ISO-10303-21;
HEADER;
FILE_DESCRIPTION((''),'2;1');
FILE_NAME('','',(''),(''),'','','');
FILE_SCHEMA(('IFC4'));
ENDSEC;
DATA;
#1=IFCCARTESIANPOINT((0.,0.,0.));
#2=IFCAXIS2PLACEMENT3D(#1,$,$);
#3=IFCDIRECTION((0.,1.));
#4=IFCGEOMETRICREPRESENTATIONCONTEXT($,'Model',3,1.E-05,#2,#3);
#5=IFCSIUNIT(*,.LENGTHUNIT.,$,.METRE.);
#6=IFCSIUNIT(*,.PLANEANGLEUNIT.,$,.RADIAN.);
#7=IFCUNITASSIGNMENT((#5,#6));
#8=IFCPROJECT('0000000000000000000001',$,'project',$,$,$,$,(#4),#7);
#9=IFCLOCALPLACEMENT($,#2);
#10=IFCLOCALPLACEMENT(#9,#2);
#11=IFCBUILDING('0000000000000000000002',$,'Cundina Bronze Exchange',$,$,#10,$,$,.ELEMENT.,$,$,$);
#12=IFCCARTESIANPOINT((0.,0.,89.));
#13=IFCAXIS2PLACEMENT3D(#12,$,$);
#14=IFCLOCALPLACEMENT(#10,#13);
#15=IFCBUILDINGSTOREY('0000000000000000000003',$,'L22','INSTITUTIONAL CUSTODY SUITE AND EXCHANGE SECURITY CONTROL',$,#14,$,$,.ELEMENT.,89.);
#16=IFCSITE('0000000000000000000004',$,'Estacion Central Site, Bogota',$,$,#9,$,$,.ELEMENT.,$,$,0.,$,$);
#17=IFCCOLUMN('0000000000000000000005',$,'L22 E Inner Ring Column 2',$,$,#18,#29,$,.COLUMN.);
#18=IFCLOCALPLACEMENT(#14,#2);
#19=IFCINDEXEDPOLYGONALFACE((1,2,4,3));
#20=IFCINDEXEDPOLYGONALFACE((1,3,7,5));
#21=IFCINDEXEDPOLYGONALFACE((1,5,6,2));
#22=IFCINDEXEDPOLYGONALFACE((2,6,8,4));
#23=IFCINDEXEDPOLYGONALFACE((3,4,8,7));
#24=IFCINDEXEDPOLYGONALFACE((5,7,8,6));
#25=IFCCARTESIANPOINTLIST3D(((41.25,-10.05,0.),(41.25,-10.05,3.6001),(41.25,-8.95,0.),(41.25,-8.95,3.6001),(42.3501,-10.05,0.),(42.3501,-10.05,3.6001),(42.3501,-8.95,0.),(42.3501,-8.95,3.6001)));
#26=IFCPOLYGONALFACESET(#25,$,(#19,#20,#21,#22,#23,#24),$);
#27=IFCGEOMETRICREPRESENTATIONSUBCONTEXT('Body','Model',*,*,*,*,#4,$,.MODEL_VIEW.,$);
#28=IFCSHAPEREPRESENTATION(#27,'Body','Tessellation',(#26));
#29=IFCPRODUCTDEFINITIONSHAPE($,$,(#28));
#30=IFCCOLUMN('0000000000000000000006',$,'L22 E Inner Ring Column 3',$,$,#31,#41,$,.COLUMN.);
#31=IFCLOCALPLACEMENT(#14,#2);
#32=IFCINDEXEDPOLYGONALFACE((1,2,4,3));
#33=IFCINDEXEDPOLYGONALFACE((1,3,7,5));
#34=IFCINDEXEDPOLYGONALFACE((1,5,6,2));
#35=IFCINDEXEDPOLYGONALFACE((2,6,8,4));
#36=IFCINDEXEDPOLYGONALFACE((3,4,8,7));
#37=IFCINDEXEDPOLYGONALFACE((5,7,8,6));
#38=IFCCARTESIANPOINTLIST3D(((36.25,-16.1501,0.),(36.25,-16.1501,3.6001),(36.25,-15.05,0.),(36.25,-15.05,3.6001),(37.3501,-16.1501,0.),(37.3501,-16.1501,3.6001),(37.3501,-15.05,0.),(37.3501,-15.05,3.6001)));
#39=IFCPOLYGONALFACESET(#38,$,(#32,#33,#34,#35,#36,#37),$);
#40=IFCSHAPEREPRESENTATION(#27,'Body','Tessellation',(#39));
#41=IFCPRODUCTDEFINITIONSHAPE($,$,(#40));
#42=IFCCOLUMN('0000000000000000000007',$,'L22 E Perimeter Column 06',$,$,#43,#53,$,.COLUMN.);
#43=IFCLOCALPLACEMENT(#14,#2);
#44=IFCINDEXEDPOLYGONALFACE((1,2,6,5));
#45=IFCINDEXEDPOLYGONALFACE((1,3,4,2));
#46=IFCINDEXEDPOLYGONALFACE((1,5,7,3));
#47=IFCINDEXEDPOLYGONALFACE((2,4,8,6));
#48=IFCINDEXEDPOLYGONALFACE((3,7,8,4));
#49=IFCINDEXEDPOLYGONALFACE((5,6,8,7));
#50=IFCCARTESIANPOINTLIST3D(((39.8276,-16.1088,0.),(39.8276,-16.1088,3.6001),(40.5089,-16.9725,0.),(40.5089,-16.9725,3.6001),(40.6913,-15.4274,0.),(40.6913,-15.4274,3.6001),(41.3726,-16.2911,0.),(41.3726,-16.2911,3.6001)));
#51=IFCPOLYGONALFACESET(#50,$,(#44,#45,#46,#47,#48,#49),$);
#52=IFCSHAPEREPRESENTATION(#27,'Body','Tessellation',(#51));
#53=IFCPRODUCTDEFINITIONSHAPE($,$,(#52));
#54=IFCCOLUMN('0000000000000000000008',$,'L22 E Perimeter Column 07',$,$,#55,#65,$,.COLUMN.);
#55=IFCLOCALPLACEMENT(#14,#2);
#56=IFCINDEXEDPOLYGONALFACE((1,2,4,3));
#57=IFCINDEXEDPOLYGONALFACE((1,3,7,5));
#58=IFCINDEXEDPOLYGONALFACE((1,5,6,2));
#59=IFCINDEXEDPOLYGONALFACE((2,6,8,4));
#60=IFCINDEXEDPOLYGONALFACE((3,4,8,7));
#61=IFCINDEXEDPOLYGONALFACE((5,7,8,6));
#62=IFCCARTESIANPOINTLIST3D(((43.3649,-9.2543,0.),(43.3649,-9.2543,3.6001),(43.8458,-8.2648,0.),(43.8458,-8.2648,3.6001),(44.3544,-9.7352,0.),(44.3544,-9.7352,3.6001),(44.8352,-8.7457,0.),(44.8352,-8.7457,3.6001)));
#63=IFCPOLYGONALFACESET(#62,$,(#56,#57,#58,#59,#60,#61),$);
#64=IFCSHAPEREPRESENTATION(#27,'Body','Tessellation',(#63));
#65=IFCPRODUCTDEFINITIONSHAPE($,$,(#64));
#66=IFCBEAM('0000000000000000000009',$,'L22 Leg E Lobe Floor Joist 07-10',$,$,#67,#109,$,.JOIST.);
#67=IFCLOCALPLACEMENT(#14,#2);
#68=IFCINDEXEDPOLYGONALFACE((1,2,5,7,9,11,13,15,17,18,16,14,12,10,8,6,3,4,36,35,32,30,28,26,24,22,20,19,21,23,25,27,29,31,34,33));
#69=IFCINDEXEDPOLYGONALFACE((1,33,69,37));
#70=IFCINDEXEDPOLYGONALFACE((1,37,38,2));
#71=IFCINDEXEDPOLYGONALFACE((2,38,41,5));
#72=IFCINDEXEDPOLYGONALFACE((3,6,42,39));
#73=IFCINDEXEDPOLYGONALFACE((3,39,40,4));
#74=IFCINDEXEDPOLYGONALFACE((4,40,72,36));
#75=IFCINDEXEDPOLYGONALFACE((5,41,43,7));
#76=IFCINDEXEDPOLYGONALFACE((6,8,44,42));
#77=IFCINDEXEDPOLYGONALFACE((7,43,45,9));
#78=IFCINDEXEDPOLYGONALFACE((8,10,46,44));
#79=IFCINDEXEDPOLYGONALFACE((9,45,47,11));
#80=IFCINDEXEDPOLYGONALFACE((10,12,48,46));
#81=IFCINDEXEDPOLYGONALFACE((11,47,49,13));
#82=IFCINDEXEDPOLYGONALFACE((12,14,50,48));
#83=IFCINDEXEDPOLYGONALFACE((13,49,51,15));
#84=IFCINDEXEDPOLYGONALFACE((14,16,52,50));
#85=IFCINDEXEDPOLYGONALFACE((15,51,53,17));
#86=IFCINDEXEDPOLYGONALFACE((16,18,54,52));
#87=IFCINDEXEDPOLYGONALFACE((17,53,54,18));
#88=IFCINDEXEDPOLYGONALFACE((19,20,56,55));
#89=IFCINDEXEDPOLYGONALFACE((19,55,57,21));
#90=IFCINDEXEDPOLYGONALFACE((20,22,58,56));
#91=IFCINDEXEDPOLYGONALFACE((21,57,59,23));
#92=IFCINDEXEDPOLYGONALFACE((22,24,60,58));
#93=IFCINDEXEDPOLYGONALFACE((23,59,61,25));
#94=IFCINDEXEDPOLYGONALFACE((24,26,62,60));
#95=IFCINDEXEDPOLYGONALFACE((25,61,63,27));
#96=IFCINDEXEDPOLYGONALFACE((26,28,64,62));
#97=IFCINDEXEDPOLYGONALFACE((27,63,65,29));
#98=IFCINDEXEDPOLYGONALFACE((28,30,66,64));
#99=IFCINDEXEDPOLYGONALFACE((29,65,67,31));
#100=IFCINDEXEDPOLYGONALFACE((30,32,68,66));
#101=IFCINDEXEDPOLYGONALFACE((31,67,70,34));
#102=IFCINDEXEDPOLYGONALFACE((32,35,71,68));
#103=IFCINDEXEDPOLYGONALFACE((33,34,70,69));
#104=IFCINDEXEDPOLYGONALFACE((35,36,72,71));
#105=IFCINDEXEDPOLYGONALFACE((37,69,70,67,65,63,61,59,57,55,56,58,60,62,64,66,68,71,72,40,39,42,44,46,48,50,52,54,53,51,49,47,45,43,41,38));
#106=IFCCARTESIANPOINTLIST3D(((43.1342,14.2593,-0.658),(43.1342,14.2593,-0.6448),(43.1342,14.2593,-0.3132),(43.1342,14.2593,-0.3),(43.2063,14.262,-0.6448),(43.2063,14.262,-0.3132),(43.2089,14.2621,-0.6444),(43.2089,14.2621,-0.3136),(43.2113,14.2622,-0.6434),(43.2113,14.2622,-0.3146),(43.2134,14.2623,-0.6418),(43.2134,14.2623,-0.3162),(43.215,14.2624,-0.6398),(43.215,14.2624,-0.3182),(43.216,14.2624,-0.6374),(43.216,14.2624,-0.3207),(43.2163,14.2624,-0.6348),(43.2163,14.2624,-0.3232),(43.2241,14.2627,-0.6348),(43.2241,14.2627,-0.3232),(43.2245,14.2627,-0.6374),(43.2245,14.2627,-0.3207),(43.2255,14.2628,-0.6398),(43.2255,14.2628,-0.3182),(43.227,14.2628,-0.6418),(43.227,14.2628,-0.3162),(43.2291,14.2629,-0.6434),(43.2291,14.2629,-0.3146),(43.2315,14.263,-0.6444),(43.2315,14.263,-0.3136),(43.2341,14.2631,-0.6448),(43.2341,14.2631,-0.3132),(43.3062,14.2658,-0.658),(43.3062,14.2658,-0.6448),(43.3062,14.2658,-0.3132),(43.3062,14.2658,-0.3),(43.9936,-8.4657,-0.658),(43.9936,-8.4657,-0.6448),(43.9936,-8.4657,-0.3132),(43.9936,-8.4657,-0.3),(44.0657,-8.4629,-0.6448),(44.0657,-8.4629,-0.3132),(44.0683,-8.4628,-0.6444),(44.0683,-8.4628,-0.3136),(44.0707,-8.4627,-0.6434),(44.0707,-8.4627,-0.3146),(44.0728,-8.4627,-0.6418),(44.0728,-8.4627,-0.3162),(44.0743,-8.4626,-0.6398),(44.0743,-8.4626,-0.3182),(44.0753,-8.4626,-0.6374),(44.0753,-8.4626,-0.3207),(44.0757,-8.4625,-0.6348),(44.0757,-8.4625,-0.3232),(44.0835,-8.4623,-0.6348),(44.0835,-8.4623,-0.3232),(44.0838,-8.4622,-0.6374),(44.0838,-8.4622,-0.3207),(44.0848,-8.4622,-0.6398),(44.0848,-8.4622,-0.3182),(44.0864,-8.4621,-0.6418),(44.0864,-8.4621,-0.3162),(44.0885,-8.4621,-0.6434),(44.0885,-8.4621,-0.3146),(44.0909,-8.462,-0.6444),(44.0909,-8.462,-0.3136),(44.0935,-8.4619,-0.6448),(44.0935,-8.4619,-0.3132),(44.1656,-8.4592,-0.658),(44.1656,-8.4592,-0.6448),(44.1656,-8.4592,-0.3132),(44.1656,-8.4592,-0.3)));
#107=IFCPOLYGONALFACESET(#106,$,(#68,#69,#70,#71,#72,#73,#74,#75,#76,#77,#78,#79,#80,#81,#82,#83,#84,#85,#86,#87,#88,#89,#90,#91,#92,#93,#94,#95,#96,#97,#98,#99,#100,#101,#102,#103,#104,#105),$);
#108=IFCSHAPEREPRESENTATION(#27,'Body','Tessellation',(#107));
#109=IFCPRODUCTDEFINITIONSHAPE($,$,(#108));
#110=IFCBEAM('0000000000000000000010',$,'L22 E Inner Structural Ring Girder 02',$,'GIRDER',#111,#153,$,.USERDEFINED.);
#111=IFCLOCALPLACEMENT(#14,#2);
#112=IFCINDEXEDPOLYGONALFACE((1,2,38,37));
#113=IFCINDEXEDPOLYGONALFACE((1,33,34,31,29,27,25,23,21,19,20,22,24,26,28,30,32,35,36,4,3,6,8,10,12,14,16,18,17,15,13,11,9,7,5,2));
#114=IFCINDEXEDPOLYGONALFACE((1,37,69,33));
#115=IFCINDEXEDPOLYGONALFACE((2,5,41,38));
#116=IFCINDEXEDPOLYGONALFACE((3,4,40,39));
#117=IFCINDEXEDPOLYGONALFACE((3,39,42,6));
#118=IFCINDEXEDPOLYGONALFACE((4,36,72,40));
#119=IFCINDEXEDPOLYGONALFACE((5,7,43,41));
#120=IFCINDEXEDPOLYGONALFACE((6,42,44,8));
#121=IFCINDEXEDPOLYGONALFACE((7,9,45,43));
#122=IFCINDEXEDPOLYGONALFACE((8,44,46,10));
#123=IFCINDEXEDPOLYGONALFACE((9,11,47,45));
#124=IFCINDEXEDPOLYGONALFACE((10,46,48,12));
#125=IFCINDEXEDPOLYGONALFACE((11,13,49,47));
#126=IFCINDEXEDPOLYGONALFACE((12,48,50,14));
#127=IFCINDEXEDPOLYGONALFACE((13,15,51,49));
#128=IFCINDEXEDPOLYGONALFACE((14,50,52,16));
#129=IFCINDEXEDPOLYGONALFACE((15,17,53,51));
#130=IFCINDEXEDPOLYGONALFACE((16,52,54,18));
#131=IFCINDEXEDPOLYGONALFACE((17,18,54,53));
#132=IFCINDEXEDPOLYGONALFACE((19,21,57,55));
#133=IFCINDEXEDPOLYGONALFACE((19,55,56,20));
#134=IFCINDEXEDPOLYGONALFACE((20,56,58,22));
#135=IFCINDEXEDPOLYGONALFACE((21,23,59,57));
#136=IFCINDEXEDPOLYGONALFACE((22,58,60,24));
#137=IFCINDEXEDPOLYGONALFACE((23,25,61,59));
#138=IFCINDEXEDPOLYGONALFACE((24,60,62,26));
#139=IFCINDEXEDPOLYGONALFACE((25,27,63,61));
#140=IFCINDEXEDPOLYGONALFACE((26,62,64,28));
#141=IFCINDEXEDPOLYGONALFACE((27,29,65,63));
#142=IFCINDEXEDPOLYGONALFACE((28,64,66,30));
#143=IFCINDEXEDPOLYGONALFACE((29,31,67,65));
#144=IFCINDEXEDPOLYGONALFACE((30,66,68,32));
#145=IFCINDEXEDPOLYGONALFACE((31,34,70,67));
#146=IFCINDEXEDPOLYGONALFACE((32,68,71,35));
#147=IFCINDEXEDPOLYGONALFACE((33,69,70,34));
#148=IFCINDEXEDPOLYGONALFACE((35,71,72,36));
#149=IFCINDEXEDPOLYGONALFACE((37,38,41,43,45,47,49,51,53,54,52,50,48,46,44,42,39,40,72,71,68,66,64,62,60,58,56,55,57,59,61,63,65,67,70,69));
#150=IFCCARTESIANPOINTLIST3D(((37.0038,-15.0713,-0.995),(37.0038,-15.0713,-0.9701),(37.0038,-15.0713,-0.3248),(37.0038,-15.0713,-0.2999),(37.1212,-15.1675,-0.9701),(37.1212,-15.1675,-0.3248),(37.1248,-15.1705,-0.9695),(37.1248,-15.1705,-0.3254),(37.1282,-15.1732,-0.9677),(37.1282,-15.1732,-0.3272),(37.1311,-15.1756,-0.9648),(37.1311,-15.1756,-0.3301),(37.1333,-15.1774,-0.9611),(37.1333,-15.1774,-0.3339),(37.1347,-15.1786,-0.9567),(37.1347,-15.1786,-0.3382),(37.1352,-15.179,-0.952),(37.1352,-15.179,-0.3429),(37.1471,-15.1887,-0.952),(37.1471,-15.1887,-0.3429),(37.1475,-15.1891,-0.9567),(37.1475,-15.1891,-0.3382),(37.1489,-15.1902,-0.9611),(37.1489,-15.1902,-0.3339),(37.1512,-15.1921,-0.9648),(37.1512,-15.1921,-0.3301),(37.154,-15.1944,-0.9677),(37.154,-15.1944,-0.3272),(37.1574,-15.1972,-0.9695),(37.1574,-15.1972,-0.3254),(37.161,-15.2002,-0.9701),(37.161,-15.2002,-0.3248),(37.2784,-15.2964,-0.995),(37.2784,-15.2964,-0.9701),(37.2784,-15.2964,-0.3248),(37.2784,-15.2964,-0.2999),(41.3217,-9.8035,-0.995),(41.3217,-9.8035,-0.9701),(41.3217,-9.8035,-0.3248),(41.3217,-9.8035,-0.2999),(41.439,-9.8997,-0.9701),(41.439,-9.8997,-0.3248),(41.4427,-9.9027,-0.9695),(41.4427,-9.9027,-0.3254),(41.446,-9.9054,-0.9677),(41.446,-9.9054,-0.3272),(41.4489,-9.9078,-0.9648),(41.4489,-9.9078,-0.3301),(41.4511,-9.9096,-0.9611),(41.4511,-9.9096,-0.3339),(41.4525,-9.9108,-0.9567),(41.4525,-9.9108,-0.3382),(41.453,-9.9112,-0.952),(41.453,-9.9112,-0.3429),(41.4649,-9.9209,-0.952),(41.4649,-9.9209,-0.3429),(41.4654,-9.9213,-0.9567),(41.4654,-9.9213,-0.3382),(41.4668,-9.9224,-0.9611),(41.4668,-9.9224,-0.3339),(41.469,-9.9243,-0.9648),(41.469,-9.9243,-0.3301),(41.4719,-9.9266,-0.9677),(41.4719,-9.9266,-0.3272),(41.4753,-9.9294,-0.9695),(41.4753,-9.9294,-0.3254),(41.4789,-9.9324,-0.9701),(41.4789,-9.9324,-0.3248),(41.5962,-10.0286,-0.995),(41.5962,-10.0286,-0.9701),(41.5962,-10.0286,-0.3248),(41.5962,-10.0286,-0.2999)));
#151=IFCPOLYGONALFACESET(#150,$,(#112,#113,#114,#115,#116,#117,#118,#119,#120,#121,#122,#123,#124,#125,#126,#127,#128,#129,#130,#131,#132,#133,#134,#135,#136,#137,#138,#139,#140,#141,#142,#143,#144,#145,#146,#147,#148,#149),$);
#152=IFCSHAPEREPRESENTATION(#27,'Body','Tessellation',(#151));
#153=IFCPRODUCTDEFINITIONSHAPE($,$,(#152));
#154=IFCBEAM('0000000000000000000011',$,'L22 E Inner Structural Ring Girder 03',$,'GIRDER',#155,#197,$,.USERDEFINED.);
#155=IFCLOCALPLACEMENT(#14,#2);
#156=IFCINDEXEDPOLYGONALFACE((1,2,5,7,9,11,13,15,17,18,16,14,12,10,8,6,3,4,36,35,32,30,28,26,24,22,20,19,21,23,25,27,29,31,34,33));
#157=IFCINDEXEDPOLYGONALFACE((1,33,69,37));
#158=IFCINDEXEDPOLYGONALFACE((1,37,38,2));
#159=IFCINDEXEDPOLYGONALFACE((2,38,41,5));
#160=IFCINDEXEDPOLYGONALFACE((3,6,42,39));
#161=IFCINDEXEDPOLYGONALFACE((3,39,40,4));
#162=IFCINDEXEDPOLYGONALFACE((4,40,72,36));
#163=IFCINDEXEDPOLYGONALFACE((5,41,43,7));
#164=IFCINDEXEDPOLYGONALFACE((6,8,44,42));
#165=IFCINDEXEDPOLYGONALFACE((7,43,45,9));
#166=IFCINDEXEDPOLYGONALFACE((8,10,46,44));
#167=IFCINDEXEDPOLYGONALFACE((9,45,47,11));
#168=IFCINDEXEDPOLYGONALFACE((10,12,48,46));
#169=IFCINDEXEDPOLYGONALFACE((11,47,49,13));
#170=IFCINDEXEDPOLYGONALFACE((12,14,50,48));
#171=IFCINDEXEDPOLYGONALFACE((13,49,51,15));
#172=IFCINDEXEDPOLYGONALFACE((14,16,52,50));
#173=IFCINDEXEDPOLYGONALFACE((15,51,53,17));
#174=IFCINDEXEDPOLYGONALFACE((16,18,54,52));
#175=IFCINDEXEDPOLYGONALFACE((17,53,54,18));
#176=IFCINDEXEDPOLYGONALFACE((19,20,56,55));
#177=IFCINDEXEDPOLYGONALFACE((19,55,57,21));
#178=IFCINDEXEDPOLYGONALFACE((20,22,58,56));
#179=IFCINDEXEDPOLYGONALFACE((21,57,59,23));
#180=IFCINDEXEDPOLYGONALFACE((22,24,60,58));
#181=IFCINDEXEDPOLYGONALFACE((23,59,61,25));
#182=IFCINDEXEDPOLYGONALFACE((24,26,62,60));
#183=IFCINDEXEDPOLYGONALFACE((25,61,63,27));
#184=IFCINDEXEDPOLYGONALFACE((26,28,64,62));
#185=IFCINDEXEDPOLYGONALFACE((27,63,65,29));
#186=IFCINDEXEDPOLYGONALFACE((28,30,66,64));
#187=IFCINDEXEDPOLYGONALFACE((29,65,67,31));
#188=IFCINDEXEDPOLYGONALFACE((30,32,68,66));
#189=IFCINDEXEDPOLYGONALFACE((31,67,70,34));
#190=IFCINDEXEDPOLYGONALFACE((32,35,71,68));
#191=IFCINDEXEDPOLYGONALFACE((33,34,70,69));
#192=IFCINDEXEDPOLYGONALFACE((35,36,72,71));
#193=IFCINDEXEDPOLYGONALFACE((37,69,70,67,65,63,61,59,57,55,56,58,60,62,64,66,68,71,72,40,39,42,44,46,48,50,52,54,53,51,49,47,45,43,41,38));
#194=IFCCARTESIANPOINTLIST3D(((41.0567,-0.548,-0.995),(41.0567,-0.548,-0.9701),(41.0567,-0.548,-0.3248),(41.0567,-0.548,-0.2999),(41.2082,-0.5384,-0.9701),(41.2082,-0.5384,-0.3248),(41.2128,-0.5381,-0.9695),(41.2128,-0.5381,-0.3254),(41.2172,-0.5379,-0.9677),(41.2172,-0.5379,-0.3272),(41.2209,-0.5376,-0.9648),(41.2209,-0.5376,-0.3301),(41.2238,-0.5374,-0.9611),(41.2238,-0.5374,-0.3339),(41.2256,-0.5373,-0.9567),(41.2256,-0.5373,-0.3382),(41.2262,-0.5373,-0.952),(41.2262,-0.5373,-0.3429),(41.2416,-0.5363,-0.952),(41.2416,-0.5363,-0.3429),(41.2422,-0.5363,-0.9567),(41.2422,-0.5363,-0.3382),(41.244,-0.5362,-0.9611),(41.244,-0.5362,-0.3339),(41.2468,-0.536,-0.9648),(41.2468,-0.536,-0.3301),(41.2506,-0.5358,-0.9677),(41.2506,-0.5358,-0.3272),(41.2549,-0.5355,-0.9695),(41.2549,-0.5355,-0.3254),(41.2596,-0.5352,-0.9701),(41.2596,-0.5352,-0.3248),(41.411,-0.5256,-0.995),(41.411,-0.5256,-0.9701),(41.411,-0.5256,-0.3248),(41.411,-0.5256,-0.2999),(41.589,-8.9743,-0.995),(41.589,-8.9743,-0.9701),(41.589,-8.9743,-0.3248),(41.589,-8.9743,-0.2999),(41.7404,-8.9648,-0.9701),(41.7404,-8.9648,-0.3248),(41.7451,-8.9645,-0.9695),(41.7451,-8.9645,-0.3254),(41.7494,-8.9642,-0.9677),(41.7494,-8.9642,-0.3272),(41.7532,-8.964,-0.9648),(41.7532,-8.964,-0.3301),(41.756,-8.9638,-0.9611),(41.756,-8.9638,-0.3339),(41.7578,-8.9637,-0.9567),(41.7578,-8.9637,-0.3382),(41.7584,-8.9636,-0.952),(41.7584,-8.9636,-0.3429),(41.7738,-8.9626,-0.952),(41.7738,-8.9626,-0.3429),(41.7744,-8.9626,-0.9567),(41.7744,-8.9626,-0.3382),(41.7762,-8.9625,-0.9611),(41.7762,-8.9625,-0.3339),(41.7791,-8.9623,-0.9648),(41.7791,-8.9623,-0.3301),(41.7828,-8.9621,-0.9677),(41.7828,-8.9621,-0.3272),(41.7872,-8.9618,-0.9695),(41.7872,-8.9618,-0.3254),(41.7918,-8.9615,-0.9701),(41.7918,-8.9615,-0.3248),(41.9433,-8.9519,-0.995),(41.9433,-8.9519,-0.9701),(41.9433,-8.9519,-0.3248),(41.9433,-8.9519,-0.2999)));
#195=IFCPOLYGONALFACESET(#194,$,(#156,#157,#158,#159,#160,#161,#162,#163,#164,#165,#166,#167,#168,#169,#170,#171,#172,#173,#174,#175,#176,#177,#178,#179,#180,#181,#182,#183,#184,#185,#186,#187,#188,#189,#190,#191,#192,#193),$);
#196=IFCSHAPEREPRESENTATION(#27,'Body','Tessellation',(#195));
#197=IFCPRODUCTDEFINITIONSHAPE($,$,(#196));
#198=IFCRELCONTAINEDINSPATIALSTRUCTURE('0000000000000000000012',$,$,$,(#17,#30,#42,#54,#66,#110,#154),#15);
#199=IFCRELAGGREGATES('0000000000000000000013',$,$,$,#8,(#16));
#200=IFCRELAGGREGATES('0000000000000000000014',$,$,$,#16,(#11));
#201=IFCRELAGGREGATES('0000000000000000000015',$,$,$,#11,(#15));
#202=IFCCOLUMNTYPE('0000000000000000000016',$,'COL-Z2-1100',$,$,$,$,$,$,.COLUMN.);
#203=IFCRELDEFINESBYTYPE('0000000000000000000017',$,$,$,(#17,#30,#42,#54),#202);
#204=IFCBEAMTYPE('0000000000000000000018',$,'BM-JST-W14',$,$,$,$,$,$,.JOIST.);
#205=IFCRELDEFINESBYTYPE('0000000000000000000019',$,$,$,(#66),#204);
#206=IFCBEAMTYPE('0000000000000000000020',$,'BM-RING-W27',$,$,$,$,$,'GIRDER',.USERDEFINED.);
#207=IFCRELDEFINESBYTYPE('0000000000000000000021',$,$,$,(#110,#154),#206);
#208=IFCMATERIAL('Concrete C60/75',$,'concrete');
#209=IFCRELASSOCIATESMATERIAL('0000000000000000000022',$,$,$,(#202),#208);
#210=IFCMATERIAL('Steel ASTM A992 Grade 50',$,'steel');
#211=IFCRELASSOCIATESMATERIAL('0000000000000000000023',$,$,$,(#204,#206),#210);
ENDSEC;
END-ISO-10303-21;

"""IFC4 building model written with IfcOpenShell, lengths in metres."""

from ifc_helpers import new_model, si_unit, direction, frame, origin, origin_2d, place, context, subcontext, project, spatial, rectangle, i_section, extrude, material, material_profile, profile_set, type_object, element, save


model = new_model("IFC4")

# Units and contexts
model_context = context("Model", 3, precision=1e-05, world=origin(), true_north=direction((0.0, 1.0)))
body_context = subcontext(model_context, "Body", "Model", "MODEL_VIEW")
ifc_project = project(units=[si_unit("LENGTHUNIT", "METRE"), si_unit("PLANEANGLEUNIT", "RADIAN")], contexts=[model_context])

# Site, building, storey
site_placement = place(None, origin())
site = spatial("IfcSite", under=ifc_project, at=site_placement, Name="Estacion Central Site, Bogota", CompositionType="ELEMENT", RefElevation=0.0)
building_placement = place(site_placement, origin())
building = spatial("IfcBuilding", under=site, at=building_placement, Name="Cundina Bronze Exchange", CompositionType="ELEMENT")
storey_placement = place(building_placement, frame((0.0, 0.0, 89.0)))
storey = spatial("IfcBuildingStorey", under=building, at=storey_placement, Name="L22", Description="INSTITUTIONAL CUSTODY SUITE AND EXCHANGE SECURITY CONTROL", CompositionType="ELEMENT", Elevation=89.0)

# Columns
ifc_material_1 = material(Name="Concrete C60/75", Category="concrete")
ifc_material_profile_1 = material_profile(ifc_material_1, rectangle(XDim=1.1001, YDim=1.1001, at=origin_2d()), Name="RC1100X1100", Category="concrete")
ifc_profile_set_1 = profile_set([ifc_material_profile_1], Name="Concrete C60/75")
column_type = type_object("IfcColumnType", Name="COL-Z2-1100", PredefinedType="COLUMN", material=ifc_profile_set_1)
for number, where, z_axis, x_axis, name in (
    (1, (41.8, -9.5, 0.0), (0.0, 0.0, 1.0), (1.0, 0.0, 0.0), "L22 E Inner Ring Column 2"),
    (2, (36.8, -15.6001, 0.0), (0.0, 0.0, 1.0), (1.0, 0.0, 0.0), "L22 E Inner Ring Column 3"),
    (3, (40.6001, -16.2, 0.0), (0.0, 0.0, 1.0), (0.785101, 0.619368, 0.0), "L22 E Perimeter Column 06"),
    (4, (44.1001, -9.0, 0.0), (0.0, 0.0, 1.0), (0.437116, 0.899405, 0.0), "L22 E Perimeter Column 07"),
):
    element("IfcColumn", number, at=place(storey_placement, frame(where, z_axis=z_axis, x_axis=x_axis)), inside=storey, type_object=column_type, Name=name, PredefinedType="COLUMN", context=body_context, shape_type="SweptSolid", body=[
        extrude(rectangle(XDim=1.1001, YDim=1.1001, at=origin_2d()), origin(), (0.0, 0.0, 1.0), 3.6001),
    ])

# Beams
ifc_material_2 = material(Name="Steel ASTM A992 Grade 50", Category="steel")
ifc_material_profile_2 = material_profile(ifc_material_2, i_section(OverallWidth=0.1721, OverallDepth=0.3579, WebThickness=0.0078, FlangeThickness=0.0132, FilletRadius=0.01, at=origin_2d()), Name="W14X38", Category="steel")
ifc_profile_set_2 = profile_set([ifc_material_profile_2], Name="Steel ASTM A992 Grade 50")
beam_type_1 = type_object("IfcBeamType", Name="BM-JST-W14", PredefinedType="JOIST", material=ifc_profile_set_2)
beam_1_placement = place(storey_placement, frame((44.0796, -8.4624, -0.479), z_axis=(-0.03779, 0.999286, 0.0), x_axis=(-0.999286, -0.03779, 0.0)))
element("IfcBeam", 5, at=beam_1_placement, inside=storey, type_object=beam_type_1, Name="L22 Leg E Lobe Floor Joist 07-10", PredefinedType="JOIST", context=body_context, shape_type="SweptSolid", body=[
    extrude(i_section(OverallWidth=0.1721, OverallDepth=0.3579, WebThickness=0.0078, FlangeThickness=0.0132, FilletRadius=0.01, at=origin_2d()), origin(), (0.0, 0.0, 1.0), 22.7412),
])
ifc_material_profile_3 = material_profile(ifc_material_2, i_section(OverallWidth=0.355, OverallDepth=0.6951, WebThickness=0.0154, FlangeThickness=0.0249, FilletRadius=0.0181, at=origin_2d()), Name="W27X146", Category="steel")
ifc_profile_set_3 = profile_set([ifc_material_profile_3], Name="Steel ASTM A992 Grade 50")
beam_type_2 = type_object("IfcBeamType", Name="BM-RING-W27", ElementType="GIRDER", PredefinedType="USERDEFINED", material=ifc_profile_set_3)
beam_2_placement = place(storey_placement, frame((37.1411, -15.1838, -0.6475), z_axis=(0.633927, 0.773393, 0.0), x_axis=(-0.773393, 0.633927, 0.0)))
element("IfcBeam", 6, at=beam_2_placement, inside=storey, type_object=beam_type_2, Name="L22 E Inner Structural Ring Girder 02", ObjectType="GIRDER", PredefinedType="USERDEFINED", context=body_context, shape_type="SweptSolid", body=[
    extrude(i_section(OverallWidth=0.355, OverallDepth=0.6951, WebThickness=0.0154, FlangeThickness=0.0249, FilletRadius=0.0181, at=origin_2d()), origin(), (0.0, 0.0, 1.0), 6.8113),
])
beam_3_placement = place(storey_placement, frame((41.7661, -8.9631, -0.6475), z_axis=(-0.063037, 0.998011, 0.0), x_axis=(-0.998011, -0.063037, 0.0)))
element("IfcBeam", 7, at=beam_3_placement, inside=storey, type_object=beam_type_2, Name="L22 E Inner Structural Ring Girder 03", ObjectType="GIRDER", PredefinedType="USERDEFINED", context=body_context, shape_type="SweptSolid", body=[
    extrude(i_section(OverallWidth=0.355, OverallDepth=0.6951, WebThickness=0.0154, FlangeThickness=0.0249, FilletRadius=0.0181, at=origin_2d()), origin(), (0.0, 0.0, 1.0), 8.4431),
])

save(model, "model.ifc")
